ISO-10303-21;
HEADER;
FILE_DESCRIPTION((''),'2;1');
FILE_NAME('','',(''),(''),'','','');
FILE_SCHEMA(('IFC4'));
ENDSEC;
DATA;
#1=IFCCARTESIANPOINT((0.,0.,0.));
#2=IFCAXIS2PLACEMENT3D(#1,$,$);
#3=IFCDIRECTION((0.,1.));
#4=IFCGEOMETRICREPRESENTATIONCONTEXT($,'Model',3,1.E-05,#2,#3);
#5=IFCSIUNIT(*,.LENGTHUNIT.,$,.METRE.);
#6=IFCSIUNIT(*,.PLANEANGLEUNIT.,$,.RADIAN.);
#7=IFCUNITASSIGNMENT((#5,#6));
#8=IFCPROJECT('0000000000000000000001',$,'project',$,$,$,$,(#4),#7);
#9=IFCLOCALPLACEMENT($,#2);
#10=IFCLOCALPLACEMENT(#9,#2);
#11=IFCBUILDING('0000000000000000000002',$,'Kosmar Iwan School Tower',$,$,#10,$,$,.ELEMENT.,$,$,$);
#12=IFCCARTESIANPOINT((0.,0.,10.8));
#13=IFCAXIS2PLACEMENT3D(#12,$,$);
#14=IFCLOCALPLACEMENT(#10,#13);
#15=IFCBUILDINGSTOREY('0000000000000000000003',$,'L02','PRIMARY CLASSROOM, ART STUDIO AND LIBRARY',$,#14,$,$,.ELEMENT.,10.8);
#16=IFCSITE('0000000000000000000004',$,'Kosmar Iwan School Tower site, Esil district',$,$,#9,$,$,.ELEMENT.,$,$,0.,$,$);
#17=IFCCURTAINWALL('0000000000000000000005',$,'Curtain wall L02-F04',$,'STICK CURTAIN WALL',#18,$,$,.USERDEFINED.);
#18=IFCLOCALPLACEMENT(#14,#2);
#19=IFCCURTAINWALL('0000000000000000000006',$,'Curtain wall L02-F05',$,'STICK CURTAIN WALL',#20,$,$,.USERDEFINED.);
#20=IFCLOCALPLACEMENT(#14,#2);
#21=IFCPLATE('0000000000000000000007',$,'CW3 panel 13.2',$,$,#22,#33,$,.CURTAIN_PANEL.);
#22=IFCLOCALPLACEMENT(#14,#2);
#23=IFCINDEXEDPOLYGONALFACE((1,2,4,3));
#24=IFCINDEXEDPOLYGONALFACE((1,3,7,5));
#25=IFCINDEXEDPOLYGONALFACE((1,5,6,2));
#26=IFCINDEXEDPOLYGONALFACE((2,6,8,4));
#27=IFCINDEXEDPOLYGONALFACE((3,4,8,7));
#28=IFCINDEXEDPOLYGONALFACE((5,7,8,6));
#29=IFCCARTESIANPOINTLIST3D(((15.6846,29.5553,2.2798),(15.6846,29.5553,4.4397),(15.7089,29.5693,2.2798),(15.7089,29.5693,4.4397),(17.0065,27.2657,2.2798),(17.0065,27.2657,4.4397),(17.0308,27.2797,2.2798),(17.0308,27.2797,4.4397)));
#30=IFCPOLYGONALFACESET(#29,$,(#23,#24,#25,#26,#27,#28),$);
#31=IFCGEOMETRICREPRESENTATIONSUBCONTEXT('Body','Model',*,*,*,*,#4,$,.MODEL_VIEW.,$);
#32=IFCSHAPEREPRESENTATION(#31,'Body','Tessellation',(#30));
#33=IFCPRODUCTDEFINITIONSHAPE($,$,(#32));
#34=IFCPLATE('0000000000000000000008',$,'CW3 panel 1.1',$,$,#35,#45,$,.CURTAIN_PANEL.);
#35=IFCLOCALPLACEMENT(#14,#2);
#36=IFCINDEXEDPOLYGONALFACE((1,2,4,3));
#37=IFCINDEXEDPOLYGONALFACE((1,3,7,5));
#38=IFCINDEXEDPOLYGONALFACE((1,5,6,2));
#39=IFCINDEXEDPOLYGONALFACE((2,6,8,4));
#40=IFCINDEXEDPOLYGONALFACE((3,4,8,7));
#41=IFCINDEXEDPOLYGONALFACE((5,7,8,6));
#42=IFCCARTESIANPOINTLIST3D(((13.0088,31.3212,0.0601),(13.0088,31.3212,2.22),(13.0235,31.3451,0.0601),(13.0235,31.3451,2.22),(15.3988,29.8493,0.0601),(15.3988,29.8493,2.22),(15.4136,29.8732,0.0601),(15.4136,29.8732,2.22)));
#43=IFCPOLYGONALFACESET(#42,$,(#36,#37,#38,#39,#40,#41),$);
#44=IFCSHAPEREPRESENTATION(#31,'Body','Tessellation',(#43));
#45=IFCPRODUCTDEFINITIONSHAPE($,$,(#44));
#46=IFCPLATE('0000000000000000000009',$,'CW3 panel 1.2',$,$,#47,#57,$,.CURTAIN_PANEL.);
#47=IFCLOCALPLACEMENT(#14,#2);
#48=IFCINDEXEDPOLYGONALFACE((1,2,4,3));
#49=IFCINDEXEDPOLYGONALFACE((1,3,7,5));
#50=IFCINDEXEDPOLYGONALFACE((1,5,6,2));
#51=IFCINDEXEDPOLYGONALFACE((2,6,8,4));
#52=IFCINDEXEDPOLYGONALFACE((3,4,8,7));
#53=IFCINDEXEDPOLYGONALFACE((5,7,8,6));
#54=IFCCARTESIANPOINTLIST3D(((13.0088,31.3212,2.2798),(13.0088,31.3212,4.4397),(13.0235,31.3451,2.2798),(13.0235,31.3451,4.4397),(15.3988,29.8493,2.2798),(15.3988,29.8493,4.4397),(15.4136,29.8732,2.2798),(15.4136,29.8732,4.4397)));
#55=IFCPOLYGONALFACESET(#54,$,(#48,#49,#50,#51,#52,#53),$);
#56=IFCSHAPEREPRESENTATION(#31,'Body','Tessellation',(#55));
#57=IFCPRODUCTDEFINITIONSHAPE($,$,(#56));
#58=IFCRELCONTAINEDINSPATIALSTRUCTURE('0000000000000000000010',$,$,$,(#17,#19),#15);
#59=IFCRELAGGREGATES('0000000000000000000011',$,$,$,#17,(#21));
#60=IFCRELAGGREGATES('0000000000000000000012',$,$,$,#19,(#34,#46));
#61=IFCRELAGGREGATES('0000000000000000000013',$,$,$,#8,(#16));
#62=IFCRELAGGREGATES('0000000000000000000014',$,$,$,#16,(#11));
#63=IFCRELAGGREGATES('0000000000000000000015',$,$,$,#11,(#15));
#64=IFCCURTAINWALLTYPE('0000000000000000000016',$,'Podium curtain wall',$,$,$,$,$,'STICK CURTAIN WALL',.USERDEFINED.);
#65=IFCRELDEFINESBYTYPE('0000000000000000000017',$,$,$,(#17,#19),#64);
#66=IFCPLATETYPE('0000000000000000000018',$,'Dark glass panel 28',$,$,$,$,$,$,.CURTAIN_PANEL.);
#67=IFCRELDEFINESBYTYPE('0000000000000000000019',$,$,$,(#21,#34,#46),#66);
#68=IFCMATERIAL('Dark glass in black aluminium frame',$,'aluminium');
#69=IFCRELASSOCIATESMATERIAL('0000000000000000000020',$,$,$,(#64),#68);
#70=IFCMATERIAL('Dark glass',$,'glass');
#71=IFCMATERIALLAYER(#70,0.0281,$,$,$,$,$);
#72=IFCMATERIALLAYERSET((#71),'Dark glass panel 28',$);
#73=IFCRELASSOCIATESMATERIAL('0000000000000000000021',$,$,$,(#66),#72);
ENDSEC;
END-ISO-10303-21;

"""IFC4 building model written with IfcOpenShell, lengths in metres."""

from ifc_helpers import new_model, si_unit, direction, frame, origin, origin_2d, place, context, subcontext, project, spatial, rectangle, extrude, material, layer, layer_set, type_object, element, aggregate, save


model = new_model("IFC4")

# Units and contexts
model_context = context("Model", 3, precision=1e-05, world=origin(), true_north=direction((0.0, 1.0)))
body_context = subcontext(model_context, "Body", "Model", "MODEL_VIEW")
ifc_project = project(units=[si_unit("LENGTHUNIT", "METRE"), si_unit("PLANEANGLEUNIT", "RADIAN")], contexts=[model_context])

# Site, building, storey
site_placement = place(None, origin())
site = spatial("IfcSite", under=ifc_project, at=site_placement, Name="Kosmar Iwan School Tower site, Esil district", CompositionType="ELEMENT", RefElevation=0.0)
building_placement = place(site_placement, origin())
building = spatial("IfcBuilding", under=site, at=building_placement, Name="Kosmar Iwan School Tower", CompositionType="ELEMENT")
storey_placement = place(building_placement, frame((0.0, 0.0, 10.8)))
storey = spatial("IfcBuildingStorey", under=building, at=storey_placement, Name="L02", Description="PRIMARY CLASSROOM, ART STUDIO AND LIBRARY", CompositionType="ELEMENT", Elevation=10.8)

# Curtain walls
ifc_material_1 = material(Name="Dark glass in black aluminium frame", Category="aluminium")
curtain_wall_type = type_object("IfcCurtainWallType", Name="Podium curtain wall", ElementType="STICK CURTAIN WALL", PredefinedType="USERDEFINED", material=ifc_material_1)
curtain_wall_1_placement = place(storey_placement, origin())
curtain_wall_1 = element("IfcCurtainWall", 1, at=curtain_wall_1_placement, inside=storey, type_object=curtain_wall_type, Name="Curtain wall L02-F04", ObjectType="STICK CURTAIN WALL", PredefinedType="USERDEFINED")
curtain_wall_2_placement = place(storey_placement, origin())
curtain_wall_2 = element("IfcCurtainWall", 2, at=curtain_wall_2_placement, inside=storey, type_object=curtain_wall_type, Name="Curtain wall L02-F05", ObjectType="STICK CURTAIN WALL", PredefinedType="USERDEFINED")

# Plates
ifc_material_2 = material(Name="Dark glass", Category="glass")
ifc_layer = layer(ifc_material_2, 0.0281)
ifc_layer_set = layer_set([ifc_layer], Name="Dark glass panel 28")
plate_type = type_object("IfcPlateType", Name="Dark glass panel 28", PredefinedType="CURTAIN_PANEL", material=ifc_layer_set)
plate_1_placement = place(storey_placement, frame((16.3577, 28.4175, 2.2798), z_axis=(0.0, 0.0, 1.0), x_axis=(-0.5, 0.866025, 0.0)))
plate_1 = element("IfcPlate", 3, at=plate_1_placement, type_object=plate_type, Name="CW3 panel 13.2", PredefinedType="CURTAIN_PANEL", context=body_context, shape_type="SweptSolid", body=[
    extrude(rectangle(XDim=2.6438, YDim=0.0281, at=origin_2d()), origin(), (0.0, 0.0, 1.0), 2.1599),
])
aggregate(curtain_wall_1, [plate_1])
plate_2_placement = place(storey_placement, frame((14.2112, 30.5972, 0.0601), z_axis=(0.0, 0.0, 1.0), x_axis=(-0.851483, 0.524382, 0.0)))
plate_2 = element("IfcPlate", 4, at=plate_2_placement, type_object=plate_type, Name="CW3 panel 1.1", PredefinedType="CURTAIN_PANEL", context=body_context, shape_type="SweptSolid", body=[
    extrude(rectangle(XDim=2.8069, YDim=0.0281, at=origin_2d()), origin(), (0.0, 0.0, 1.0), 2.1599),
])
plate_3_placement = place(storey_placement, frame((14.2112, 30.5972, 2.2798), z_axis=(0.0, 0.0, 1.0), x_axis=(-0.851483, 0.524382, 0.0)))
plate_3 = element("IfcPlate", 5, at=plate_3_placement, type_object=plate_type, Name="CW3 panel 1.2", PredefinedType="CURTAIN_PANEL", context=body_context, shape_type="SweptSolid", body=[
    extrude(rectangle(XDim=2.8069, YDim=0.0281, at=origin_2d()), origin(), (0.0, 0.0, 1.0), 2.1599),
])
aggregate(curtain_wall_2, [plate_2, plate_3])

save(model, "model.ifc")
